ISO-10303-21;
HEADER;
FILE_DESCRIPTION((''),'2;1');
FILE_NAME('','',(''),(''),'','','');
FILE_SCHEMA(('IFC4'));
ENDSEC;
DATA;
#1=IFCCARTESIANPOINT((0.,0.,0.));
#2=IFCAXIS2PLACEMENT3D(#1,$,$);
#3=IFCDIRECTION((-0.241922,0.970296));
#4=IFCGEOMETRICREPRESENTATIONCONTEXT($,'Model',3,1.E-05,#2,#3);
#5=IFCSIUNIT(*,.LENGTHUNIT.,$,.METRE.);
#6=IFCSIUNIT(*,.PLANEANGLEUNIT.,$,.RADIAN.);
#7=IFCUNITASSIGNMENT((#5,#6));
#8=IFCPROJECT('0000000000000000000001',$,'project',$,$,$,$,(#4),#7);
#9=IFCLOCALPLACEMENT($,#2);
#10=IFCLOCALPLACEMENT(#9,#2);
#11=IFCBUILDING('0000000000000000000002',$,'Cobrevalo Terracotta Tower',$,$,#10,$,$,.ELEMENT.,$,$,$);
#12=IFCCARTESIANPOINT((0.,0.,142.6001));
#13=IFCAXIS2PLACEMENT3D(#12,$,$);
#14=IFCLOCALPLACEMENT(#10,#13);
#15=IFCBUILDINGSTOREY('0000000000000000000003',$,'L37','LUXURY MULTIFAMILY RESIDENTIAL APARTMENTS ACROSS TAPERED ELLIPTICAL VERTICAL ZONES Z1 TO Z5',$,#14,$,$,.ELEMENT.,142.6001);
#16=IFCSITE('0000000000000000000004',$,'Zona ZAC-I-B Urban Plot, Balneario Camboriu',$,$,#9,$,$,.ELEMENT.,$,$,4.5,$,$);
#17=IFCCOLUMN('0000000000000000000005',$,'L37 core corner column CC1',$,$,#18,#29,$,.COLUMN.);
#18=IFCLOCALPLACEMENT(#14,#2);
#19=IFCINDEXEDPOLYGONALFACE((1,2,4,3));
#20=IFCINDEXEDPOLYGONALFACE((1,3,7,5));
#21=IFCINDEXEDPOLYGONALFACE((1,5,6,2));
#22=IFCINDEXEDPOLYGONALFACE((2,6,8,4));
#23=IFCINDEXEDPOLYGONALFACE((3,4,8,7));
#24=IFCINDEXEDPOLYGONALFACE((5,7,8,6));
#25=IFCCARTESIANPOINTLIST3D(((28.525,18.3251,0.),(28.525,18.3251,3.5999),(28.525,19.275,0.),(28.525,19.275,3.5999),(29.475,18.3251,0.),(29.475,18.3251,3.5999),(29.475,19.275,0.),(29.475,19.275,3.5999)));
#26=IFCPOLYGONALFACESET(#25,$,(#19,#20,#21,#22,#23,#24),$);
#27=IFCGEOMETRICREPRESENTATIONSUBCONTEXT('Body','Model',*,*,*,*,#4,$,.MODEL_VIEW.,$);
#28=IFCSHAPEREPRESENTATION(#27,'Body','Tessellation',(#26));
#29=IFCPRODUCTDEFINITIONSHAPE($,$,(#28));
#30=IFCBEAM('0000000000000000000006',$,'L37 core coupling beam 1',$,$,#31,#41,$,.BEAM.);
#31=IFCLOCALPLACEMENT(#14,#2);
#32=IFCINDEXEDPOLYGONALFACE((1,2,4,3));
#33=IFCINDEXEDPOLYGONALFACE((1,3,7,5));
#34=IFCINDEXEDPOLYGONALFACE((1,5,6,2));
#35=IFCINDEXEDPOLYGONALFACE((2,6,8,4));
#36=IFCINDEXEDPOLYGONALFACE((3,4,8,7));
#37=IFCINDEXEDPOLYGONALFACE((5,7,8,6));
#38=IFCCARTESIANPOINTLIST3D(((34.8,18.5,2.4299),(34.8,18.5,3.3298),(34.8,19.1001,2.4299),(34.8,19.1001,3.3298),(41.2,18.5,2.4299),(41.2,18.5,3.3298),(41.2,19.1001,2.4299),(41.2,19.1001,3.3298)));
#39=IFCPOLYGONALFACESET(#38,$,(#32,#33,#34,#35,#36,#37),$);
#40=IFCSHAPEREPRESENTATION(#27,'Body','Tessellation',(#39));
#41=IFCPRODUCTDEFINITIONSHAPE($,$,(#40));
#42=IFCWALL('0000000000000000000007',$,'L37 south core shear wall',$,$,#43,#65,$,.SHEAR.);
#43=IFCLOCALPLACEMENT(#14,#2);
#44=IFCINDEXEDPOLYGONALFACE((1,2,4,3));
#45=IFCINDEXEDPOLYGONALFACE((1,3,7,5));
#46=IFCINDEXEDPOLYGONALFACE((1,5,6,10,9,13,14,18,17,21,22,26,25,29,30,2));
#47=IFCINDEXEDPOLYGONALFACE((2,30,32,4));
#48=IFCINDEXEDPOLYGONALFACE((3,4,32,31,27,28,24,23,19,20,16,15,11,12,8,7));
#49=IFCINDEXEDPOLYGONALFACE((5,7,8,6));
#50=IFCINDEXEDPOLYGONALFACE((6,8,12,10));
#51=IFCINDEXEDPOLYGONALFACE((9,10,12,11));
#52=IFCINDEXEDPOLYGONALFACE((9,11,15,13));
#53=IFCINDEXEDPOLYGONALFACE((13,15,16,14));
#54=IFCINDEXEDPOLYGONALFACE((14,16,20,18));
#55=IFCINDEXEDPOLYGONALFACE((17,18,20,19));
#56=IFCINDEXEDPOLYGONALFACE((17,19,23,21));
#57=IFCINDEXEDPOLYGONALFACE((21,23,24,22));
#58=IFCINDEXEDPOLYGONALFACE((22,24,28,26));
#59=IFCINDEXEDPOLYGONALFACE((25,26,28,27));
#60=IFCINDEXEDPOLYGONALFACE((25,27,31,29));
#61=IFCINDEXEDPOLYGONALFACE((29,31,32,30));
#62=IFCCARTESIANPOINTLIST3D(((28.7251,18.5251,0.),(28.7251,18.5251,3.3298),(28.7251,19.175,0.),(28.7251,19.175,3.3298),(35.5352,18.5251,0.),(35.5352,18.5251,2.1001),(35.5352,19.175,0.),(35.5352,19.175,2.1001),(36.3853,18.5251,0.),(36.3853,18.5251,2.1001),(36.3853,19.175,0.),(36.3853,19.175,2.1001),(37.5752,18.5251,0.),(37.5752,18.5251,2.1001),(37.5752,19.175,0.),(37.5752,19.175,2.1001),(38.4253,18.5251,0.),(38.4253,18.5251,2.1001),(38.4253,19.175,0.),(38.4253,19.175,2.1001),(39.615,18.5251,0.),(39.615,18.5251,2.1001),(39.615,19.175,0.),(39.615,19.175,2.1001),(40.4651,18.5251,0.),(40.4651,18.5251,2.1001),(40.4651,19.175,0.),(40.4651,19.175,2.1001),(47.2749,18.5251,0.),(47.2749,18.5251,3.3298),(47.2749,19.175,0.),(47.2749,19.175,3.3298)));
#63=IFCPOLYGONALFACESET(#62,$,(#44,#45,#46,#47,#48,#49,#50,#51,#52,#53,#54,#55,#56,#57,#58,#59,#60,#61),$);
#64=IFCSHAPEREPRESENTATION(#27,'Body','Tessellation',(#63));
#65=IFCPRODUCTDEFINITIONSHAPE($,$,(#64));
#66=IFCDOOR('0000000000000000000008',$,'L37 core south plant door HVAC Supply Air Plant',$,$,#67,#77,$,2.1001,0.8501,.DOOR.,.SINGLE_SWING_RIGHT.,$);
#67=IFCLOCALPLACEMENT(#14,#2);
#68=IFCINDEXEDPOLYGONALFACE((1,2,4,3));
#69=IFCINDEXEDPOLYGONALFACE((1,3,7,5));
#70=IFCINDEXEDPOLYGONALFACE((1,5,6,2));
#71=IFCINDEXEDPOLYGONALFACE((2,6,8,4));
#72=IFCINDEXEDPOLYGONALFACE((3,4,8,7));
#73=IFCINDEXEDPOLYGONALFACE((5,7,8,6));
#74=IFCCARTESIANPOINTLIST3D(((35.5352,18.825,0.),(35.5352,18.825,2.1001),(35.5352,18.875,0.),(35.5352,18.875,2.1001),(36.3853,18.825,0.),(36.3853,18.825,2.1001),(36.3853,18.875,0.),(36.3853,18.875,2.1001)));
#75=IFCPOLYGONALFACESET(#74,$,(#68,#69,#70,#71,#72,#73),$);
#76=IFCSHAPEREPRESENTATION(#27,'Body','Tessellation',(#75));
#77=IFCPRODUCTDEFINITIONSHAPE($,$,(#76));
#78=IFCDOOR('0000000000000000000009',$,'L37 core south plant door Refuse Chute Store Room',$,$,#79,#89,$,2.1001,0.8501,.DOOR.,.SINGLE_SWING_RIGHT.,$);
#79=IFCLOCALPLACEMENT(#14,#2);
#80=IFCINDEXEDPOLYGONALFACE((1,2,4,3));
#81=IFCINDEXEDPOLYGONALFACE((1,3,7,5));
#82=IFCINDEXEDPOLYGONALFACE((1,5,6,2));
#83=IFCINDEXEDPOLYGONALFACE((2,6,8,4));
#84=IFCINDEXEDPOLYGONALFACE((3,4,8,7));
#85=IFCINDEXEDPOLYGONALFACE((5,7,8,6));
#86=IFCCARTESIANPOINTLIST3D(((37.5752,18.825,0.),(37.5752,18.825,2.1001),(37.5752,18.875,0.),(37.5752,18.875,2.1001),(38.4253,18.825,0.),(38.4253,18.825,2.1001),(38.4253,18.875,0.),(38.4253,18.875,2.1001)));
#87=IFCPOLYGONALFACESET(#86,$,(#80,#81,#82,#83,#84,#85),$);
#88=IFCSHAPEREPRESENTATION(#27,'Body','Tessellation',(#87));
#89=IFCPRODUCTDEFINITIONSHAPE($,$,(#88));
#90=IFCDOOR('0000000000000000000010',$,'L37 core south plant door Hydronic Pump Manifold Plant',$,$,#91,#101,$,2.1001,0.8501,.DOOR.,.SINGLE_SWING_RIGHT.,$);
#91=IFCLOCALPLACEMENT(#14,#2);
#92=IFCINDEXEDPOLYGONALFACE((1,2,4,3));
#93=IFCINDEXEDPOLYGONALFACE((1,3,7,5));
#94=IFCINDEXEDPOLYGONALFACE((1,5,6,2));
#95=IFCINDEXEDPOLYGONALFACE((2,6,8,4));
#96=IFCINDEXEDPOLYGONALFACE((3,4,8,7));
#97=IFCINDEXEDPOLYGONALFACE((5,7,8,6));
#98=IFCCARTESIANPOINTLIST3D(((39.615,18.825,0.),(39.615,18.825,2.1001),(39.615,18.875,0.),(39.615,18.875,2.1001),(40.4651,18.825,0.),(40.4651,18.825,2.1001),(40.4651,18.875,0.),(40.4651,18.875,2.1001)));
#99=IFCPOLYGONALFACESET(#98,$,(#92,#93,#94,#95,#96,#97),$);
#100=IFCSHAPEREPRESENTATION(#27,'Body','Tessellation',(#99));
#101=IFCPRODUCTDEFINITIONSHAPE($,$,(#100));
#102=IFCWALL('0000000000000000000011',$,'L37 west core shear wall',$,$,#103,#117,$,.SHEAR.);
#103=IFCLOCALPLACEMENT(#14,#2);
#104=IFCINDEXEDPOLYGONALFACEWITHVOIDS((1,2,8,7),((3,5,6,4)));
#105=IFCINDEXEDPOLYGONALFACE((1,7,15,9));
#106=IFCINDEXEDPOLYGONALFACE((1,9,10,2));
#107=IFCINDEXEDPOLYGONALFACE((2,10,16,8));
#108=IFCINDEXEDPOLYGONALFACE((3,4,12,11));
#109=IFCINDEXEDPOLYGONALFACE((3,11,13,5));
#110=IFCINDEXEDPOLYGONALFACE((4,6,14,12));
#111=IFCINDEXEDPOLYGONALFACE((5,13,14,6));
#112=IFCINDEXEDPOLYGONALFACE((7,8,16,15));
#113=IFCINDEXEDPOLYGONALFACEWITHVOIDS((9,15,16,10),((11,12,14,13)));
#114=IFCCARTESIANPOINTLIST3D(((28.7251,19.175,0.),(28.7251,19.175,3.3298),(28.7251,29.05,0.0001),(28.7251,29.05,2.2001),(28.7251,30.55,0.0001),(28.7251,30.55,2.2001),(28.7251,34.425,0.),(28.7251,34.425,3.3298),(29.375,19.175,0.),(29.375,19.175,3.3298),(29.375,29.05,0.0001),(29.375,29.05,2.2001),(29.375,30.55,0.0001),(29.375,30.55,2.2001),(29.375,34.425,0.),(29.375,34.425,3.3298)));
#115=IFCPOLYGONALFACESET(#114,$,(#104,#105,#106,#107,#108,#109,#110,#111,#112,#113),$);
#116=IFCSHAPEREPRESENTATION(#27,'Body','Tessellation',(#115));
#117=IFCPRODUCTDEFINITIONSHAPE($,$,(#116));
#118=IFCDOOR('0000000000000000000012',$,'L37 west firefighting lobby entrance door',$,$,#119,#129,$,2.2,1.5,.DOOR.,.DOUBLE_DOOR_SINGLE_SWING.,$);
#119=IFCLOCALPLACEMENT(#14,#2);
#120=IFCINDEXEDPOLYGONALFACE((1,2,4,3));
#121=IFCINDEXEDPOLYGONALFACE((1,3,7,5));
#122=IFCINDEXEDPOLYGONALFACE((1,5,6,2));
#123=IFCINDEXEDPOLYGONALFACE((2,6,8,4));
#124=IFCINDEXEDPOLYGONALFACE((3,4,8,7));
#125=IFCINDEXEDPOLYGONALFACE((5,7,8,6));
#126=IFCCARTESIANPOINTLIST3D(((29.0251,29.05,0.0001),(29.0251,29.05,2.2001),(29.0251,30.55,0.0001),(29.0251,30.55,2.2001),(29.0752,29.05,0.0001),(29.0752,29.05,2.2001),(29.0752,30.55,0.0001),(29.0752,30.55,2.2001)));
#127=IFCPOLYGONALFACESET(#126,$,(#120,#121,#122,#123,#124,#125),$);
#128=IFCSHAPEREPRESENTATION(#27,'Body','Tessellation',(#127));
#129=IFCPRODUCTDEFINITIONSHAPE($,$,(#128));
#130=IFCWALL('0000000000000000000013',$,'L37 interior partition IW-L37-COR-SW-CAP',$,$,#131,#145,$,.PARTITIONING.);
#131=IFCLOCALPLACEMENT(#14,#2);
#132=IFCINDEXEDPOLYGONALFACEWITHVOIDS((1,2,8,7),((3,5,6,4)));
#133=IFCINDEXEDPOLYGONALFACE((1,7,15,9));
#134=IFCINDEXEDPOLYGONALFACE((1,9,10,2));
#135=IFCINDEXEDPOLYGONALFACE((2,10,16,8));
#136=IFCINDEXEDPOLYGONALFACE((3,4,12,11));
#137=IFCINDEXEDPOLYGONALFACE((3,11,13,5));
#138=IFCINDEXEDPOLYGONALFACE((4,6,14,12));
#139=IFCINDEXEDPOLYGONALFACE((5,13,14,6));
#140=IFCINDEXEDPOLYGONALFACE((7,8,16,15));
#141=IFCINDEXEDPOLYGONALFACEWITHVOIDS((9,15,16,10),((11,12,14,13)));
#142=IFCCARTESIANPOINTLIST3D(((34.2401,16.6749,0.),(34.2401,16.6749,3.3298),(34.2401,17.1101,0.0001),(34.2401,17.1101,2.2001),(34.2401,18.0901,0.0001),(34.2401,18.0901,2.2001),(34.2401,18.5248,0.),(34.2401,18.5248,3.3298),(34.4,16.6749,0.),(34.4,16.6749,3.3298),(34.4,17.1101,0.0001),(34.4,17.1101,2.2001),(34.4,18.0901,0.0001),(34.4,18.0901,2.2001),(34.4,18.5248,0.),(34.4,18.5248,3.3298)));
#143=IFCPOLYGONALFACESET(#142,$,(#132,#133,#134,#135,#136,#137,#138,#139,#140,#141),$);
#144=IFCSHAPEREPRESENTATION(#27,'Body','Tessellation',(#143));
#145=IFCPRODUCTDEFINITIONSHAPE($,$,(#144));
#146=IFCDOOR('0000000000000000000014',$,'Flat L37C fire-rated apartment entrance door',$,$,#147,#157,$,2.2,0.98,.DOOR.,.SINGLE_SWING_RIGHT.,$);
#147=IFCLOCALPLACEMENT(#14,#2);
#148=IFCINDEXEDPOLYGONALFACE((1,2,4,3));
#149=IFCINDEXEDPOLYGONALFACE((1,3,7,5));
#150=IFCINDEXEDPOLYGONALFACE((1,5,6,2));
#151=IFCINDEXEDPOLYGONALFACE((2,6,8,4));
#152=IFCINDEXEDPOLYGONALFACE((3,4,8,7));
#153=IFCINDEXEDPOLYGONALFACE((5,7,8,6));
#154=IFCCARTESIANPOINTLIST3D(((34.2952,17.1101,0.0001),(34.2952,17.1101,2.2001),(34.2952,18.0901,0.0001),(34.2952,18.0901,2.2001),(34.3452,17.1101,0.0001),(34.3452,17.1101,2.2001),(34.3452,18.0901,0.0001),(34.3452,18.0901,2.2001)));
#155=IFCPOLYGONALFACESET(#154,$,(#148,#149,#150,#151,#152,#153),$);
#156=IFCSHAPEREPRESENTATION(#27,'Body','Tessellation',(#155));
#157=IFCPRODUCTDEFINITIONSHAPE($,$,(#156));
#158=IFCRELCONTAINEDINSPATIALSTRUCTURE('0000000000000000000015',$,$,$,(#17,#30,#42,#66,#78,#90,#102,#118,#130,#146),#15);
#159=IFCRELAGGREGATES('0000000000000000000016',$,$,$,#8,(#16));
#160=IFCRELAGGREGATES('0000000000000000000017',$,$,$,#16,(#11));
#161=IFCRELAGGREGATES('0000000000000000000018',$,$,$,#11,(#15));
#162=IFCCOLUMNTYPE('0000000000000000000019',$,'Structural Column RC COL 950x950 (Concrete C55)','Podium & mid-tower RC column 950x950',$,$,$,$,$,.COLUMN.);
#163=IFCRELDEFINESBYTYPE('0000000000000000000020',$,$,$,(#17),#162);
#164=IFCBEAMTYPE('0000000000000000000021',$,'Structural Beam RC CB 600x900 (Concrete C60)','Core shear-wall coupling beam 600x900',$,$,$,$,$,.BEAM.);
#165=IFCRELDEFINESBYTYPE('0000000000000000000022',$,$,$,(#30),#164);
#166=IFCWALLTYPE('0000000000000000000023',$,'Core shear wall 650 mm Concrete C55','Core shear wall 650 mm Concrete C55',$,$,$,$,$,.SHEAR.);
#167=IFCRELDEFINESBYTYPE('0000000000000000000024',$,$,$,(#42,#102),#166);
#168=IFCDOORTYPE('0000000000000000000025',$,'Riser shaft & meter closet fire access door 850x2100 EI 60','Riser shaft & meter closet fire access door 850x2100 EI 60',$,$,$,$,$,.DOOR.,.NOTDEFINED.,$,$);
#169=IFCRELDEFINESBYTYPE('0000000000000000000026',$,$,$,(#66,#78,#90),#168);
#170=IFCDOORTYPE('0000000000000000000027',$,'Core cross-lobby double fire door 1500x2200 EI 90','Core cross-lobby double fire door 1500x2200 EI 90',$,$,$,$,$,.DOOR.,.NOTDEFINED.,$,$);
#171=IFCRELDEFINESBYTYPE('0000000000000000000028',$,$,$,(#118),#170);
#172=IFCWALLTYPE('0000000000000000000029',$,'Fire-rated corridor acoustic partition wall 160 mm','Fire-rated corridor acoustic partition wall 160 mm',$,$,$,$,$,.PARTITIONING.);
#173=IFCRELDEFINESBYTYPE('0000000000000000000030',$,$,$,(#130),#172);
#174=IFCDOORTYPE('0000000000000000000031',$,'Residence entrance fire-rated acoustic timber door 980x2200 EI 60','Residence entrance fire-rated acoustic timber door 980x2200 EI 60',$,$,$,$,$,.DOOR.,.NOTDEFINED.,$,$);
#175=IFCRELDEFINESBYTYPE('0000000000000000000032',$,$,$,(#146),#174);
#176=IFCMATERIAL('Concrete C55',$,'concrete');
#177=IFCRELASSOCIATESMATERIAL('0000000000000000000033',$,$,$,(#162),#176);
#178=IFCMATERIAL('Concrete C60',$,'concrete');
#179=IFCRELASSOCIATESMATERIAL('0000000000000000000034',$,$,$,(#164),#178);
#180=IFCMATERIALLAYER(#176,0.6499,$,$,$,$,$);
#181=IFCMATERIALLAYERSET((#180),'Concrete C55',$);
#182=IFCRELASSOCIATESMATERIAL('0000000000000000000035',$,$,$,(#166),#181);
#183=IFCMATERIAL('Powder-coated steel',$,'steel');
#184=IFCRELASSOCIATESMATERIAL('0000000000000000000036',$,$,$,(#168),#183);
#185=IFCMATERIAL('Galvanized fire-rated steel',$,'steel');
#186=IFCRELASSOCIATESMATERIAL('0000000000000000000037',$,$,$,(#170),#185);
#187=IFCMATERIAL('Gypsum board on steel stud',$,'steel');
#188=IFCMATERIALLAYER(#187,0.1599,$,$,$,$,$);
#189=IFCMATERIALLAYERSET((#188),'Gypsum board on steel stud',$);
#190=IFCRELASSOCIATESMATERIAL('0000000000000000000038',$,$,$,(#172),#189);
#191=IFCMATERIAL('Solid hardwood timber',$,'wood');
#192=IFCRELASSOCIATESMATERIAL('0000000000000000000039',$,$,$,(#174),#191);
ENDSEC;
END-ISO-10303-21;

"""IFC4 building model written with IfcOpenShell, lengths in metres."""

from ifc_helpers import new_model, si_unit, direction, frame, frame_2d, origin, origin_2d, place, context, subcontext, project, spatial, rectangle, extrude, source, transform, mapped, material, layer, layer_set, material_profile, profile_set, type_object, element, fill, save


model = new_model("IFC4")

# Units and contexts
model_context = context("Model", 3, precision=1e-05, world=origin(), true_north=direction((-0.241922, 0.970296)))
body_context = subcontext(model_context, "Body", "Model", "MODEL_VIEW")
ifc_project = project(units=[si_unit("LENGTHUNIT", "METRE"), si_unit("PLANEANGLEUNIT", "RADIAN")], contexts=[model_context])

# Site, building, storey
site_placement = place(None, origin())
site = spatial("IfcSite", under=ifc_project, at=site_placement, Name="Zona ZAC-I-B Urban Plot, Balneario Camboriu", CompositionType="ELEMENT", RefElevation=4.5)
building_placement = place(site_placement, origin())
building = spatial("IfcBuilding", under=site, at=building_placement, Name="Cobrevalo Terracotta Tower", CompositionType="ELEMENT")
storey_placement = place(building_placement, frame((0.0, 0.0, 142.6001)))
storey = spatial("IfcBuildingStorey", under=building, at=storey_placement, Name="L37", Description="LUXURY MULTIFAMILY RESIDENTIAL APARTMENTS ACROSS TAPERED ELLIPTICAL VERTICAL ZONES Z1 TO Z5", CompositionType="ELEMENT", Elevation=142.6001)

# Column
ifc_material_1 = material(Name="Concrete C55", Category="concrete")
ifc_material_profile_1 = material_profile(ifc_material_1, rectangle(XDim=0.95, YDim=0.95, at=origin_2d()), Name="RC COL 950x950")
ifc_profile_set_1 = profile_set([ifc_material_profile_1], Name="Concrete C55")
column_type = type_object("IfcColumnType", Name="Structural Column RC COL 950x950 (Concrete C55)", Description="Podium & mid-tower RC column 950x950", PredefinedType="COLUMN", material=ifc_profile_set_1)
column_placement = place(storey_placement, frame((29.0, 18.8, 0.0), z_axis=(0.0, 0.0, 1.0), x_axis=(1.0, 0.0, 0.0)))
element("IfcColumn", 1, at=column_placement, inside=storey, type_object=column_type, Name="L37 core corner column CC1", PredefinedType="COLUMN", context=body_context, shape_type="SweptSolid", body=[
    extrude(rectangle(XDim=0.95, YDim=0.95, at=origin_2d()), origin(), (0.0, 0.0, 1.0), 3.5999),
])

# Beam
ifc_material_2 = material(Name="Concrete C60", Category="concrete")
ifc_material_profile_2 = material_profile(ifc_material_2, rectangle(XDim=0.6001, YDim=0.8999, at=origin_2d()), Name="RC CB 600x900")
ifc_profile_set_2 = profile_set([ifc_material_profile_2], Name="Concrete C60")
beam_type = type_object("IfcBeamType", Name="Structural Beam RC CB 600x900 (Concrete C60)", Description="Core shear-wall coupling beam 600x900", PredefinedType="BEAM", material=ifc_profile_set_2)
beam_placement = place(storey_placement, frame((34.8, 18.8, 2.8799), z_axis=(1.0, 0.0, 0.0), x_axis=(0.0, 1.0, 0.0)))
element("IfcBeam", 2, at=beam_placement, inside=storey, type_object=beam_type, Name="L37 core coupling beam 1", PredefinedType="BEAM", context=body_context, shape_type="SweptSolid", body=[
    extrude(rectangle(XDim=0.6001, YDim=0.8999, at=origin_2d()), origin(), (0.0, 0.0, 1.0), 6.3999),
])

# Wall, openings, doors
ifc_layer_1 = layer(ifc_material_1, 0.6499)
ifc_layer_set_1 = layer_set([ifc_layer_1], Name="Concrete C55")
wall_type_1 = type_object("IfcWallType", Name="Core shear wall 650 mm Concrete C55", Description="Core shear wall 650 mm Concrete C55", PredefinedType="SHEAR", material=ifc_layer_set_1)
wall_1_placement = place(storey_placement, frame((28.7251, 18.8501, 0.0), z_axis=(0.0, 0.0, 1.0), x_axis=(1.0, 0.0, 0.0)))
wall_1 = element("IfcWall", 3, at=wall_1_placement, inside=storey, type_object=wall_type_1, Name="L37 south core shear wall", PredefinedType="SHEAR", context=body_context, shape_type="SweptSolid", body=[
    extrude(rectangle(XDim=18.5498, YDim=0.6499, at=frame_2d((9.2749, 0.0))), origin(), (0.0, 0.0, 1.0), 3.3298),
])
opening_1_placement = place(wall_1_placement, frame((6.8101, 0.0, 0.0)))
opening_1 = element("IfcOpeningElement", 4, at=opening_1_placement, cuts=wall_1, PredefinedType="OPENING", context=body_context, shape_type="SweptSolid", body=[
    extrude(rectangle(XDim=0.8501, YDim=2.1001, at=frame_2d((0.425, 1.05))), frame((0.0, 0.335, 0.0), z_axis=(0.0, -1.0, 0.0), x_axis=(1.0, 0.0, 0.0)), (0.0, 0.0, 1.0), 0.6699),
])
opening_2_placement = place(wall_1_placement, frame((8.8501, 0.0, 0.0)))
opening_2 = element("IfcOpeningElement", 5, at=opening_2_placement, cuts=wall_1, PredefinedType="OPENING", context=body_context, shape_type="SweptSolid", body=[
    extrude(rectangle(XDim=0.8501, YDim=2.1001, at=frame_2d((0.425, 1.05))), frame((0.0, 0.335, 0.0), z_axis=(0.0, -1.0, 0.0), x_axis=(1.0, 0.0, 0.0)), (0.0, 0.0, 1.0), 0.6699),
])
opening_3_placement = place(wall_1_placement, frame((10.8899, 0.0, 0.0)))
opening_3 = element("IfcOpeningElement", 6, at=opening_3_placement, cuts=wall_1, PredefinedType="OPENING", context=body_context, shape_type="SweptSolid", body=[
    extrude(rectangle(XDim=0.8501, YDim=2.1001, at=frame_2d((0.425, 1.05))), frame((0.0, 0.335, 0.0), z_axis=(0.0, -1.0, 0.0), x_axis=(1.0, 0.0, 0.0)), (0.0, 0.0, 1.0), 0.6699),
])
ifc_material_3 = material(Name="Powder-coated steel", Category="steel")
door_type_1 = type_object("IfcDoorType", Name="Riser shaft & meter closet fire access door 850x2100 EI 60", Description="Riser shaft & meter closet fire access door 850x2100 EI 60", OperationType="NOTDEFINED", PredefinedType="DOOR", material=ifc_material_3)
shared_shape_1 = source(origin(), body_context, "Body", "SweptSolid", [
    extrude(rectangle(XDim=0.8501, YDim=2.1001, at=frame_2d((0.425, 1.05))), frame((0.0, 0.0249, 0.0), z_axis=(0.0, -1.0, 0.0), x_axis=(1.0, 0.0, 0.0)), (0.0, 0.0, 1.0), 0.05),
])
door_1_placement = place(opening_1_placement, origin())
door_1 = element("IfcDoor", 7, at=door_1_placement, inside=storey, type_object=door_type_1, Name="L37 core south plant door HVAC Supply Air Plant", OperationType="SINGLE_SWING_RIGHT", OverallHeight=2.1001, OverallWidth=0.8501, PredefinedType="DOOR", context=body_context, shape_type="MappedRepresentation", body=[
    mapped(shared_shape_1, transform((0.0, 0.0, 0.0), scale=1.0)),
])
fill(opening_1, door_1)
door_2_placement = place(opening_2_placement, origin())
door_2 = element("IfcDoor", 8, at=door_2_placement, inside=storey, type_object=door_type_1, Name="L37 core south plant door Refuse Chute Store Room", OperationType="SINGLE_SWING_RIGHT", OverallHeight=2.1001, OverallWidth=0.8501, PredefinedType="DOOR", context=body_context, shape_type="MappedRepresentation", body=[
    mapped(shared_shape_1, transform((0.0, 0.0, 0.0), scale=1.0)),
])
fill(opening_2, door_2)
door_3_placement = place(opening_3_placement, origin())
door_3 = element("IfcDoor", 9, at=door_3_placement, inside=storey, type_object=door_type_1, Name="L37 core south plant door Hydronic Pump Manifold Plant", OperationType="SINGLE_SWING_RIGHT", OverallHeight=2.1001, OverallWidth=0.8501, PredefinedType="DOOR", context=body_context, shape_type="MappedRepresentation", body=[
    mapped(shared_shape_1, transform((0.0, 0.0, 0.0), scale=1.0)),
])
fill(opening_3, door_3)

# Walls, openings, doors
wall_2_placement = place(storey_placement, frame((29.05, 19.175, 0.0), z_axis=(0.0, 0.0, 1.0), x_axis=(0.0, 1.0, 0.0)))
wall_2 = element("IfcWall", 10, at=wall_2_placement, inside=storey, type_object=wall_type_1, Name="L37 west core shear wall", PredefinedType="SHEAR", context=body_context, shape_type="SweptSolid", body=[
    extrude(rectangle(XDim=15.25, YDim=0.6499, at=frame_2d((7.625, 0.0))), origin(), (0.0, 0.0, 1.0), 3.3298),
])
opening_4_placement = place(wall_2_placement, frame((9.875, 0.0, 0.0)))
opening_4 = element("IfcOpeningElement", 11, at=opening_4_placement, cuts=wall_2, PredefinedType="OPENING", context=body_context, shape_type="SweptSolid", body=[
    extrude(rectangle(XDim=1.5, YDim=2.2, at=frame_2d((0.75, 1.1001))), frame((0.0, 0.335, 0.0), z_axis=(0.0, -1.0, 0.0), x_axis=(1.0, 0.0, 0.0)), (0.0, 0.0, 1.0), 0.6699),
])
ifc_material_4 = material(Name="Galvanized fire-rated steel", Category="steel")
door_type_2 = type_object("IfcDoorType", Name="Core cross-lobby double fire door 1500x2200 EI 90", Description="Core cross-lobby double fire door 1500x2200 EI 90", OperationType="NOTDEFINED", PredefinedType="DOOR", material=ifc_material_4)
shared_shape_2 = source(origin(), body_context, "Body", "SweptSolid", [
    extrude(rectangle(XDim=1.5, YDim=2.2, at=frame_2d((0.75, 1.1001))), frame((0.0, 0.0249, 0.0), z_axis=(0.0, -1.0, 0.0), x_axis=(1.0, 0.0, 0.0)), (0.0, 0.0, 1.0), 0.05),
])
door_4_placement = place(opening_4_placement, origin())
door_4 = element("IfcDoor", 12, at=door_4_placement, inside=storey, type_object=door_type_2, Name="L37 west firefighting lobby entrance door", OperationType="DOUBLE_DOOR_SINGLE_SWING", OverallHeight=2.2, OverallWidth=1.5, PredefinedType="DOOR", context=body_context, shape_type="MappedRepresentation", body=[
    mapped(shared_shape_2, transform((0.0, 0.0, 0.0), scale=1.0)),
])
fill(opening_4, door_4)
ifc_material_5 = material(Name="Gypsum board on steel stud", Category="steel")
ifc_layer_2 = layer(ifc_material_5, 0.1599)
ifc_layer_set_2 = layer_set([ifc_layer_2], Name="Gypsum board on steel stud")
wall_type_2 = type_object("IfcWallType", Name="Fire-rated corridor acoustic partition wall 160 mm", Description="Fire-rated corridor acoustic partition wall 160 mm", PredefinedType="PARTITIONING", material=ifc_layer_set_2)
wall_3_placement = place(storey_placement, frame((34.3201, 16.675, 0.0), z_axis=(0.0, 0.0, 1.0), x_axis=(0.0, 1.0, 0.0)))
wall_3 = element("IfcWall", 13, at=wall_3_placement, inside=storey, type_object=wall_type_2, Name="L37 interior partition IW-L37-COR-SW-CAP", PredefinedType="PARTITIONING", context=body_context, shape_type="SweptSolid", body=[
    extrude(rectangle(XDim=1.8499, YDim=0.1599, at=frame_2d((0.9248, 0.0))), origin(), (0.0, 0.0, 1.0), 3.3298),
])
opening_5_placement = place(wall_3_placement, frame((0.4351, 0.0, 0.0)))
opening_5 = element("IfcOpeningElement", 14, at=opening_5_placement, cuts=wall_3, PredefinedType="OPENING", context=body_context, shape_type="SweptSolid", body=[
    extrude(rectangle(XDim=0.98, YDim=2.2, at=frame_2d((0.49, 1.1001))), frame((0.0, 0.0898, 0.0), z_axis=(0.0, -1.0, 0.0), x_axis=(1.0, 0.0, 0.0)), (0.0, 0.0, 1.0), 0.1799),
])
ifc_material_6 = material(Name="Solid hardwood timber", Category="wood")
door_type_3 = type_object("IfcDoorType", Name="Residence entrance fire-rated acoustic timber door 980x2200 EI 60", Description="Residence entrance fire-rated acoustic timber door 980x2200 EI 60", OperationType="NOTDEFINED", PredefinedType="DOOR", material=ifc_material_6)
shared_shape_3 = source(origin(), body_context, "Body", "SweptSolid", [
    extrude(rectangle(XDim=0.98, YDim=2.2, at=frame_2d((0.49, 1.1001))), frame((0.0, 0.0249, 0.0), z_axis=(0.0, -1.0, 0.0), x_axis=(1.0, 0.0, 0.0)), (0.0, 0.0, 1.0), 0.05),
])
door_5_placement = place(opening_5_placement, origin())
door_5 = element("IfcDoor", 15, at=door_5_placement, inside=storey, type_object=door_type_3, Name="Flat L37C fire-rated apartment entrance door", OperationType="SINGLE_SWING_RIGHT", OverallHeight=2.2, OverallWidth=0.98, PredefinedType="DOOR", context=body_context, shape_type="MappedRepresentation", body=[
    mapped(shared_shape_3, transform((0.0, 0.0, 0.0), scale=1.0)),
])
fill(opening_5, door_5)

save(model, "model.ifc")
